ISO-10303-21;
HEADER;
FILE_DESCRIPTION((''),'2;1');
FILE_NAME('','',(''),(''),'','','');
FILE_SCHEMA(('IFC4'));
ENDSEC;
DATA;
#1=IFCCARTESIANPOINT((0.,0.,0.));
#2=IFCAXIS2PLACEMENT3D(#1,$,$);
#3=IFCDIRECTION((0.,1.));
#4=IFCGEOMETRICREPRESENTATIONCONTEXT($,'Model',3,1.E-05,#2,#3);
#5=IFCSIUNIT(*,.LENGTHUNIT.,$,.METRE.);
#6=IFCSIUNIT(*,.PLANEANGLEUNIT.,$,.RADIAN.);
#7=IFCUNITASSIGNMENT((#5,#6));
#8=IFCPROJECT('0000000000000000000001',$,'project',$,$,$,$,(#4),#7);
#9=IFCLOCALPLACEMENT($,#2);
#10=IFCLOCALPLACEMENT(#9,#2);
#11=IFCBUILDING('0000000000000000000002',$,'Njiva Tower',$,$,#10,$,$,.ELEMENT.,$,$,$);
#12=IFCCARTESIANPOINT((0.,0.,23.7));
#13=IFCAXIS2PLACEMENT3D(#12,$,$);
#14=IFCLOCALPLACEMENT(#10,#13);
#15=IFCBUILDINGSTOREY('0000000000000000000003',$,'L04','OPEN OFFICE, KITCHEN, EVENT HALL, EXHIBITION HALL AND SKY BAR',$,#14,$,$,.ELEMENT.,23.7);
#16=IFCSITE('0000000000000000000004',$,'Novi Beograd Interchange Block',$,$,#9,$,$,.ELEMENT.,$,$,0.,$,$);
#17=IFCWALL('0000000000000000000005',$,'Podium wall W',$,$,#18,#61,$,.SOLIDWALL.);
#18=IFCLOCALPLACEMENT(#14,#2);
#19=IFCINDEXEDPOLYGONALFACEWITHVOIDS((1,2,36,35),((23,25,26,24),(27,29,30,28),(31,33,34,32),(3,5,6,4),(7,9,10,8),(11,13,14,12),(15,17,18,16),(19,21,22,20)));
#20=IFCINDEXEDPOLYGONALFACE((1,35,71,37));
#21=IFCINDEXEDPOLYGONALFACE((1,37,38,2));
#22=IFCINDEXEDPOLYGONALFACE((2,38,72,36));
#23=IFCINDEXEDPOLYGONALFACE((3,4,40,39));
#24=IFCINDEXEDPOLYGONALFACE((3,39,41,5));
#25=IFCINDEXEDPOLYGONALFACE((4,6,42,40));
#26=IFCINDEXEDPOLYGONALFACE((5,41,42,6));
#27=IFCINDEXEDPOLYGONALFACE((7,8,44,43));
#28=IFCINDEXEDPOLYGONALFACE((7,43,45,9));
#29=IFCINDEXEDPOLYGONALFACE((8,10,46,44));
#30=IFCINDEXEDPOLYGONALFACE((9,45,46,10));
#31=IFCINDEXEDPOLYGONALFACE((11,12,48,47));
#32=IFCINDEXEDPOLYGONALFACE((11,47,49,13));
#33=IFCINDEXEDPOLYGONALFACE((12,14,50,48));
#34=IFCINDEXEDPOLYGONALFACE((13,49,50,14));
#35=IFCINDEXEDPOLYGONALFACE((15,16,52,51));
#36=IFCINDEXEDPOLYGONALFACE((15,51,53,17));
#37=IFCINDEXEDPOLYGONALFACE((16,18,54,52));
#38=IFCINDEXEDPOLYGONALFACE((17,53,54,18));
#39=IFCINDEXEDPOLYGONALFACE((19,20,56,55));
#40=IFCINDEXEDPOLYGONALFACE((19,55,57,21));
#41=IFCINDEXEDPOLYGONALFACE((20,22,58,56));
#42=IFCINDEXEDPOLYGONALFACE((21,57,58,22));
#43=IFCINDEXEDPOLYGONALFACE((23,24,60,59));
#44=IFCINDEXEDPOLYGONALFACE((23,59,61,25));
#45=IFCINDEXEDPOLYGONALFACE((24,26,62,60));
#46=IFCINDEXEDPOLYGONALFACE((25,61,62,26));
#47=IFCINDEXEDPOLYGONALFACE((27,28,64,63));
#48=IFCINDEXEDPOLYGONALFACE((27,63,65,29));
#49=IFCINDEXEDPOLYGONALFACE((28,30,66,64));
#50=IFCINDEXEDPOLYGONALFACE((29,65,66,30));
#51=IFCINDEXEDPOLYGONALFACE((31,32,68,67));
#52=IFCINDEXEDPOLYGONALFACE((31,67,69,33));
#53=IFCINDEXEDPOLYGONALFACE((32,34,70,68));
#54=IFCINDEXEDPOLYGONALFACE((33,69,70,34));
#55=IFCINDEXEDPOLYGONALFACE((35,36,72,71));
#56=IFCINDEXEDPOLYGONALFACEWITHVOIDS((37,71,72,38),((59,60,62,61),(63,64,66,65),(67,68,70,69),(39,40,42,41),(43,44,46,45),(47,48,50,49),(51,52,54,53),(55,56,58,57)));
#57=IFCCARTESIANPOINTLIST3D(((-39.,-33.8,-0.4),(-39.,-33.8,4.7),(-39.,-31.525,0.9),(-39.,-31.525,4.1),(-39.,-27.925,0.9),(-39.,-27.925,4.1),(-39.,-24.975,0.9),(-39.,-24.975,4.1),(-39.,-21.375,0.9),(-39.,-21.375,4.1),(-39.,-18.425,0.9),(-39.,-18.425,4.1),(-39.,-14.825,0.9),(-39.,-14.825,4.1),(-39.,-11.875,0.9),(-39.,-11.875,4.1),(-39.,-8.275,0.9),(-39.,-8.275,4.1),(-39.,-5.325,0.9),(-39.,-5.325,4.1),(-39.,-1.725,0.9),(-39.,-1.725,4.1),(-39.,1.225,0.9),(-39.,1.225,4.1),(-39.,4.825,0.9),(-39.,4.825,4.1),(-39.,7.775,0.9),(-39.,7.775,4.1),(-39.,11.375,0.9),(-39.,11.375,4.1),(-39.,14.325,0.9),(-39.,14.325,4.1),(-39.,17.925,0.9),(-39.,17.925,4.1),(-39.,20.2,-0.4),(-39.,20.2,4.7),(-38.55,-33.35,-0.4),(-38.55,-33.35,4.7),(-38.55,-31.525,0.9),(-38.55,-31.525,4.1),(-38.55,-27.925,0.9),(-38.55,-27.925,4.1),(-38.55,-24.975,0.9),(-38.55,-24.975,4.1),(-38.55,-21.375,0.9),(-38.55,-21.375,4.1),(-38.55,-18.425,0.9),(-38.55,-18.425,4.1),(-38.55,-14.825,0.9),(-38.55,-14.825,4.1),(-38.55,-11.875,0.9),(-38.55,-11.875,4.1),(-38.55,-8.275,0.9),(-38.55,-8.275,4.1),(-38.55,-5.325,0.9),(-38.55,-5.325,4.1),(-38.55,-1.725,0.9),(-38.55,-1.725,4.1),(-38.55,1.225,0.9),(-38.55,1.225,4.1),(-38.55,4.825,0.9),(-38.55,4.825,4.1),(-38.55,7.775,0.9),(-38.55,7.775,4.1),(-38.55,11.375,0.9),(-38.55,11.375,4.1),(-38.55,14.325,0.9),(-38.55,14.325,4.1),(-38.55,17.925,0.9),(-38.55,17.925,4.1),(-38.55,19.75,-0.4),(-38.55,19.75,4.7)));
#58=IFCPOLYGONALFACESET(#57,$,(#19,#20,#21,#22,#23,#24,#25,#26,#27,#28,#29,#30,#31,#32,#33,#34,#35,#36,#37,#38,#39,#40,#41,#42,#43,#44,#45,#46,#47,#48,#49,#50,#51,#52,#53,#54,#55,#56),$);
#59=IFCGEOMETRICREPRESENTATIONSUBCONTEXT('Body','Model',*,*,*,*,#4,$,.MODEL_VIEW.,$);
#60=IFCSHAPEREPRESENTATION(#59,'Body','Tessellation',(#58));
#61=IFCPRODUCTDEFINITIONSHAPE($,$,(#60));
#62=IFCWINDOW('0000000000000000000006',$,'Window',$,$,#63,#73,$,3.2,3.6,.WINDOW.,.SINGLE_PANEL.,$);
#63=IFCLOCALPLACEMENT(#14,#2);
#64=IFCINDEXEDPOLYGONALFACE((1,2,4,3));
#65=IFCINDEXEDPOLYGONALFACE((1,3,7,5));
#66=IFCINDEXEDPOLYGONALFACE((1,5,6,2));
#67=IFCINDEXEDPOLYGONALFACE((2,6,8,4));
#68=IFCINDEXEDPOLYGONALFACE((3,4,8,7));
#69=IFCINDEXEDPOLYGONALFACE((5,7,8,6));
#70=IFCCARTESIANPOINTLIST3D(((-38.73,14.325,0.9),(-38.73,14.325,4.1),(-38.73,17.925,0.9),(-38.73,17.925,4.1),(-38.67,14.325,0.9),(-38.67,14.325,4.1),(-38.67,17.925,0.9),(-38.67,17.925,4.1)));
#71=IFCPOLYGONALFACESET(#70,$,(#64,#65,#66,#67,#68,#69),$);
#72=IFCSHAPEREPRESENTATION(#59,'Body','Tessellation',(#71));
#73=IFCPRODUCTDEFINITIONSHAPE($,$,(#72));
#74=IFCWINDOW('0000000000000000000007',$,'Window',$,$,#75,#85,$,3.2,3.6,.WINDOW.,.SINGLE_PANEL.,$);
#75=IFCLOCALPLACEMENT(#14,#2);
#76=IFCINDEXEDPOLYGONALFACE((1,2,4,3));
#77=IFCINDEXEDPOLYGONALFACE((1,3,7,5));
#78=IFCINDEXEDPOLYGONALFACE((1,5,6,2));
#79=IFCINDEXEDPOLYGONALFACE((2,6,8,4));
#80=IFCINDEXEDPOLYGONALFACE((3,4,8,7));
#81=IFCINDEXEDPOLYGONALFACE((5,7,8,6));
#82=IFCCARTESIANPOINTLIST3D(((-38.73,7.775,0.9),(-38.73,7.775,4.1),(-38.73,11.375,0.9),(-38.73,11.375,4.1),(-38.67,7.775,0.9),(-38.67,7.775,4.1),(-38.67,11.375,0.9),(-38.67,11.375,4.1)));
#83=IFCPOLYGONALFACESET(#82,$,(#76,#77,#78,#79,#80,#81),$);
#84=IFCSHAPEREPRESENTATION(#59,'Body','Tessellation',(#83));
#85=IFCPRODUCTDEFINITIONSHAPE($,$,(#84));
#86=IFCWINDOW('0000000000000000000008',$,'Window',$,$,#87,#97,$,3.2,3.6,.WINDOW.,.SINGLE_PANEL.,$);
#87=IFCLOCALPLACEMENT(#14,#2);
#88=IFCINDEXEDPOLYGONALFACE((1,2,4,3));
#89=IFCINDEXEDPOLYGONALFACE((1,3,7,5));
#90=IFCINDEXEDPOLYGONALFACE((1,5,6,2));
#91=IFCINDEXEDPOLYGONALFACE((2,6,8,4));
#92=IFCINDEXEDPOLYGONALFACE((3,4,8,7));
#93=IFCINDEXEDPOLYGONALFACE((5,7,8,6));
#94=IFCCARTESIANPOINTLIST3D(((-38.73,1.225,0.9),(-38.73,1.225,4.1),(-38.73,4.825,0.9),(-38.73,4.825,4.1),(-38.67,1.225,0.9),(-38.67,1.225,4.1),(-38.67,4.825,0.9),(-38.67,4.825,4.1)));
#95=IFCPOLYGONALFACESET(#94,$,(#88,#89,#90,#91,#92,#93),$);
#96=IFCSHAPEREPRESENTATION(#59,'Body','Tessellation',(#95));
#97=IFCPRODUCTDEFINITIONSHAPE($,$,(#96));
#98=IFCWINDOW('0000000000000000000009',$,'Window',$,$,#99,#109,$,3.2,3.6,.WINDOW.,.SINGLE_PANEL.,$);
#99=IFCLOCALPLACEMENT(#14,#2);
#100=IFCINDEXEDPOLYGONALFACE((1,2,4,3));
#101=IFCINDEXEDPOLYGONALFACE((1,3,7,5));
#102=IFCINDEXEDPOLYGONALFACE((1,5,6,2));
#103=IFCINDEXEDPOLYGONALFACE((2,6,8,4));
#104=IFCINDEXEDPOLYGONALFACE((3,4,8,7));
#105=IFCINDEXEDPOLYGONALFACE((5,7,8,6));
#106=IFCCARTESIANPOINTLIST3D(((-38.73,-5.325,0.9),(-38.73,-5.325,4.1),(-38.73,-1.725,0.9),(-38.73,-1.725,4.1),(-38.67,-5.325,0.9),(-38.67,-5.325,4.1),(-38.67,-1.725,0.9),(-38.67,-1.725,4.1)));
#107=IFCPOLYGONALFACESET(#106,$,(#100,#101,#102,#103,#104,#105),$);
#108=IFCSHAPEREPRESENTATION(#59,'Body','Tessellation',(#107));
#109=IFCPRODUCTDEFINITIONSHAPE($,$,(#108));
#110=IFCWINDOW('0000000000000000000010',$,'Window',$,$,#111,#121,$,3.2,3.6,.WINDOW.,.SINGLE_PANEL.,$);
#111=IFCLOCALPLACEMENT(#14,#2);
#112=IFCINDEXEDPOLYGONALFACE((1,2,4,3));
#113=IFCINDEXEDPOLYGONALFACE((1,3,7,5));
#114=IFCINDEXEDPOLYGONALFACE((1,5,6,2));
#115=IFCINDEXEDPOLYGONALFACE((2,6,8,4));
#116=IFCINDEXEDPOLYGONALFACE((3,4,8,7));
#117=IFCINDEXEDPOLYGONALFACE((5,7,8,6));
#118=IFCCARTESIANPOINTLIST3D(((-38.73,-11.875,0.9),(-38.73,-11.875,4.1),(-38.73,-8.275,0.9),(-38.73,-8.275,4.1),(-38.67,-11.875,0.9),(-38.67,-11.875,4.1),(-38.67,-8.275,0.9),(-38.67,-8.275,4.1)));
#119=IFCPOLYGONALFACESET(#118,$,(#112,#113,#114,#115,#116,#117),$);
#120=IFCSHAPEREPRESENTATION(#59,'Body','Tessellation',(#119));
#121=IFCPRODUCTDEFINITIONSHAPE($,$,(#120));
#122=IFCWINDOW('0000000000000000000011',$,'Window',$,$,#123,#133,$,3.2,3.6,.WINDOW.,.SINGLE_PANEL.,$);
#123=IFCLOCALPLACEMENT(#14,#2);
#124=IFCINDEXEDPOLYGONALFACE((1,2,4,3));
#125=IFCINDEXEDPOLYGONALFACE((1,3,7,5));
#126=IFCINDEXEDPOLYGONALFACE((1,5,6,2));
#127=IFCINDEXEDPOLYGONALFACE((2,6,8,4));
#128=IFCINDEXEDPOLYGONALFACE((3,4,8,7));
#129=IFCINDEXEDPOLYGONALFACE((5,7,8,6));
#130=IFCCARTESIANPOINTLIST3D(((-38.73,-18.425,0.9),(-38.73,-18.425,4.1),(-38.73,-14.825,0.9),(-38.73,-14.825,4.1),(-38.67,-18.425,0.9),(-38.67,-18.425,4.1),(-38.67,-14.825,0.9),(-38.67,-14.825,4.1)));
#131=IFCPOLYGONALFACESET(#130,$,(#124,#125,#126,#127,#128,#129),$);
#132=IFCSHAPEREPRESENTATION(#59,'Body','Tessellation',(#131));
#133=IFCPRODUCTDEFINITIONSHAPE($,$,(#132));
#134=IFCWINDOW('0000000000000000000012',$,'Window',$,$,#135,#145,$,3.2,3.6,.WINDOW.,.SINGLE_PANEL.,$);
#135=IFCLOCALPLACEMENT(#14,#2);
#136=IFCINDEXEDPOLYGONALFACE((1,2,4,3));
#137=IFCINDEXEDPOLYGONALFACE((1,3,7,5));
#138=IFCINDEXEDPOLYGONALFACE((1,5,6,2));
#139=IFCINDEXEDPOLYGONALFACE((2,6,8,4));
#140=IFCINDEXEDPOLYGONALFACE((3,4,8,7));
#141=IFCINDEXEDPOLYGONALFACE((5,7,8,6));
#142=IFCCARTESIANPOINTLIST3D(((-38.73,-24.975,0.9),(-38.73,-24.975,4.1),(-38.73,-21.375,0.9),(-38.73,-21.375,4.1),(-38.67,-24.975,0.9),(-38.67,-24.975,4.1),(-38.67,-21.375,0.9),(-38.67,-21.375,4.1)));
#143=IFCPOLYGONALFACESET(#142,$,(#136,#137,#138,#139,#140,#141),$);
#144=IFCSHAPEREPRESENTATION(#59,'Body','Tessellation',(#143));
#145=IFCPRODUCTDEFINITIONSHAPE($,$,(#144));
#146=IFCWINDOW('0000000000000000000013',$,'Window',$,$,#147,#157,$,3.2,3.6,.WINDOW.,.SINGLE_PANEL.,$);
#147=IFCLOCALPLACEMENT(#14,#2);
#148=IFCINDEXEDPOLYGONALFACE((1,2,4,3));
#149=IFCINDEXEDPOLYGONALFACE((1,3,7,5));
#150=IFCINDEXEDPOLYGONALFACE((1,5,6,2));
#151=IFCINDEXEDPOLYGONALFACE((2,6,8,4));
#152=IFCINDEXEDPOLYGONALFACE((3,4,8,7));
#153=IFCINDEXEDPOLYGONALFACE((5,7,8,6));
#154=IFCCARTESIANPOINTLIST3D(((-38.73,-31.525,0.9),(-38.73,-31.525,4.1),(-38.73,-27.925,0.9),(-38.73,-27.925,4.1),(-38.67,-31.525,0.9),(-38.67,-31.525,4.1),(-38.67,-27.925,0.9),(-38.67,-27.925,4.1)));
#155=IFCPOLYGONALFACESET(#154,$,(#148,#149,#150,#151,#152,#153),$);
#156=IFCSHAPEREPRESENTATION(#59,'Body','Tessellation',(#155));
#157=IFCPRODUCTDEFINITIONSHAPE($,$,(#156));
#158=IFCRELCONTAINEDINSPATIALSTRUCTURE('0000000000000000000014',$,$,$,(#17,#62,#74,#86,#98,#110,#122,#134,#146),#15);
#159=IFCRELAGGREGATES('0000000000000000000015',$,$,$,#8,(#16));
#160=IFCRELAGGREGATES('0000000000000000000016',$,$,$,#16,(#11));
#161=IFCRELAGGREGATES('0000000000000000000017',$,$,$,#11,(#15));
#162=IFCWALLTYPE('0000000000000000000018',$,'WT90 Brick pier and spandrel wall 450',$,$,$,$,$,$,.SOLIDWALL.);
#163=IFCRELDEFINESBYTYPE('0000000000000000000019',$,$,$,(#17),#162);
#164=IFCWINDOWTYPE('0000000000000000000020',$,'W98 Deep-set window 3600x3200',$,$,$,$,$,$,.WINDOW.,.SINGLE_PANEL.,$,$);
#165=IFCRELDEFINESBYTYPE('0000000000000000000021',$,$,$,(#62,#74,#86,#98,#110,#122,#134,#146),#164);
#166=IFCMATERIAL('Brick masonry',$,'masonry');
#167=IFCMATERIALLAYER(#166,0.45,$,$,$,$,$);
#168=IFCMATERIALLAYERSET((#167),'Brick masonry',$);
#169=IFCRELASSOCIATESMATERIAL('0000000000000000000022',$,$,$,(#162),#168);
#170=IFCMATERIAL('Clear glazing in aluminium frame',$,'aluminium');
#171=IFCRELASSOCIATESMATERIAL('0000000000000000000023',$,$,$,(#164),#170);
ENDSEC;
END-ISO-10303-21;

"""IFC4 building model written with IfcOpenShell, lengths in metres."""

from ifc_helpers import new_model, si_unit, direction, frame, frame_2d, origin, place, context, subcontext, project, spatial, polyline, rectangle, outline, extrude, material, layer, layer_set, type_object, element, fill, save


model = new_model("IFC4")

# Units and contexts
model_context = context("Model", 3, precision=1e-05, world=origin(), true_north=direction((0.0, 1.0)))
body_context = subcontext(model_context, "Body", "Model", "MODEL_VIEW")
ifc_project = project(units=[si_unit("LENGTHUNIT", "METRE"), si_unit("PLANEANGLEUNIT", "RADIAN")], contexts=[model_context])

# Site, building, storey
site_placement = place(None, origin())
site = spatial("IfcSite", under=ifc_project, at=site_placement, Name="Novi Beograd Interchange Block", CompositionType="ELEMENT", RefElevation=0.0)
building_placement = place(site_placement, origin())
building = spatial("IfcBuilding", under=site, at=building_placement, Name="Njiva Tower", CompositionType="ELEMENT")
storey_placement = place(building_placement, frame((0.0, 0.0, 23.7)))
storey = spatial("IfcBuildingStorey", under=building, at=storey_placement, Name="L04", Description="OPEN OFFICE, KITCHEN, EVENT HALL, EXHIBITION HALL AND SKY BAR", CompositionType="ELEMENT", Elevation=23.7)

# Wall, openings, windows
ifc_material_1 = material(Name="Brick masonry", Category="masonry")
ifc_layer = layer(ifc_material_1, 0.45)
ifc_layer_set = layer_set([ifc_layer], Name="Brick masonry")
wall_type = type_object("IfcWallType", Name="WT90 Brick pier and spandrel wall 450", PredefinedType="SOLIDWALL", material=ifc_layer_set)
wall_placement = place(storey_placement, frame((-38.775, 19.975, -0.4), z_axis=(0.0, 0.0, 1.0), x_axis=(0.0, -1.0, 0.0)))
wall = element("IfcWall", 1, at=wall_placement, inside=storey, type_object=wall_type, Name="Podium wall W", PredefinedType="SOLIDWALL", context=body_context, shape_type="SweptSolid", body=[
    extrude(outline(polyline([(-0.225, -0.225), (53.775, -0.225), (53.325, 0.225), (0.225, 0.225), (-0.225, -0.225)])), origin(), (0.0, 0.0, 1.0), 5.1),
])
opening_1_placement = place(wall_placement, frame((2.05, 0.0, 1.3)))
opening_1 = element("IfcOpeningElement", 2, at=opening_1_placement, cuts=wall, PredefinedType="OPENING", context=body_context, shape_type="SweptSolid", body=[
    extrude(rectangle(XDim=3.6, YDim=3.2, at=frame_2d((1.8, 1.6))), frame((0.0, 0.235, 0.0), z_axis=(0.0, -1.0, 0.0), x_axis=(1.0, 0.0, 0.0)), (0.0, 0.0, 1.0), 0.47),
])
opening_2_placement = place(wall_placement, frame((8.6, 0.0, 1.3)))
opening_2 = element("IfcOpeningElement", 3, at=opening_2_placement, cuts=wall, PredefinedType="OPENING", context=body_context, shape_type="SweptSolid", body=[
    extrude(rectangle(XDim=3.6, YDim=3.2, at=frame_2d((1.8, 1.6))), frame((0.0, 0.235, 0.0), z_axis=(0.0, -1.0, 0.0), x_axis=(1.0, 0.0, 0.0)), (0.0, 0.0, 1.0), 0.47),
])
opening_3_placement = place(wall_placement, frame((15.15, 0.0, 1.3)))
opening_3 = element("IfcOpeningElement", 4, at=opening_3_placement, cuts=wall, PredefinedType="OPENING", context=body_context, shape_type="SweptSolid", body=[
    extrude(rectangle(XDim=3.6, YDim=3.2, at=frame_2d((1.8, 1.6))), frame((0.0, 0.235, 0.0), z_axis=(0.0, -1.0, 0.0), x_axis=(1.0, 0.0, 0.0)), (0.0, 0.0, 1.0), 0.47),
])
opening_4_placement = place(wall_placement, frame((21.7, 0.0, 1.3)))
opening_4 = element("IfcOpeningElement", 5, at=opening_4_placement, cuts=wall, PredefinedType="OPENING", context=body_context, shape_type="SweptSolid", body=[
    extrude(rectangle(XDim=3.6, YDim=3.2, at=frame_2d((1.8, 1.6))), frame((0.0, 0.235, 0.0), z_axis=(0.0, -1.0, 0.0), x_axis=(1.0, 0.0, 0.0)), (0.0, 0.0, 1.0), 0.47),
])
opening_5_placement = place(wall_placement, frame((28.25, 0.0, 1.3)))
opening_5 = element("IfcOpeningElement", 6, at=opening_5_placement, cuts=wall, PredefinedType="OPENING", context=body_context, shape_type="SweptSolid", body=[
    extrude(rectangle(XDim=3.6, YDim=3.2, at=frame_2d((1.8, 1.6))), frame((0.0, 0.235, 0.0), z_axis=(0.0, -1.0, 0.0), x_axis=(1.0, 0.0, 0.0)), (0.0, 0.0, 1.0), 0.47),
])
opening_6_placement = place(wall_placement, frame((34.8, 0.0, 1.3)))
opening_6 = element("IfcOpeningElement", 7, at=opening_6_placement, cuts=wall, PredefinedType="OPENING", context=body_context, shape_type="SweptSolid", body=[
    extrude(rectangle(XDim=3.6, YDim=3.2, at=frame_2d((1.8, 1.6))), frame((0.0, 0.235, 0.0), z_axis=(0.0, -1.0, 0.0), x_axis=(1.0, 0.0, 0.0)), (0.0, 0.0, 1.0), 0.47),
])
opening_7_placement = place(wall_placement, frame((41.35, 0.0, 1.3)))
opening_7 = element("IfcOpeningElement", 8, at=opening_7_placement, cuts=wall, PredefinedType="OPENING", context=body_context, shape_type="SweptSolid", body=[
    extrude(rectangle(XDim=3.6, YDim=3.2, at=frame_2d((1.8, 1.6))), frame((0.0, 0.235, 0.0), z_axis=(0.0, -1.0, 0.0), x_axis=(1.0, 0.0, 0.0)), (0.0, 0.0, 1.0), 0.47),
])
opening_8_placement = place(wall_placement, frame((47.9, 0.0, 1.3)))
opening_8 = element("IfcOpeningElement", 9, at=opening_8_placement, cuts=wall, PredefinedType="OPENING", context=body_context, shape_type="SweptSolid", body=[
    extrude(rectangle(XDim=3.6, YDim=3.2, at=frame_2d((1.8, 1.6))), frame((0.0, 0.235, 0.0), z_axis=(0.0, -1.0, 0.0), x_axis=(1.0, 0.0, 0.0)), (0.0, 0.0, 1.0), 0.47),
])
ifc_material_2 = material(Name="Clear glazing in aluminium frame", Category="aluminium")
window_type = type_object("IfcWindowType", Name="W98 Deep-set window 3600x3200", PartitioningType="SINGLE_PANEL", PredefinedType="WINDOW", material=ifc_material_2)
window_1_placement = place(opening_1_placement, origin())
window_1 = element("IfcWindow", 10, at=window_1_placement, inside=storey, type_object=window_type, Name="Window", OverallHeight=3.2, OverallWidth=3.6, PartitioningType="SINGLE_PANEL", PredefinedType="WINDOW", context=body_context, shape_type="SweptSolid", body=[
    extrude(rectangle(XDim=3.6, YDim=3.2, at=frame_2d((1.8, 1.6))), frame((0.0, 0.105, 0.0), z_axis=(0.0, -1.0, 0.0), x_axis=(1.0, 0.0, 0.0)), (0.0, 0.0, 1.0), 0.06),
])
fill(opening_1, window_1)
window_2_placement = place(opening_2_placement, origin())
window_2 = element("IfcWindow", 11, at=window_2_placement, inside=storey, type_object=window_type, Name="Window", OverallHeight=3.2, OverallWidth=3.6, PartitioningType="SINGLE_PANEL", PredefinedType="WINDOW", context=body_context, shape_type="SweptSolid", body=[
    extrude(rectangle(XDim=3.6, YDim=3.2, at=frame_2d((1.8, 1.6))), frame((0.0, 0.105, 0.0), z_axis=(0.0, -1.0, 0.0), x_axis=(1.0, 0.0, 0.0)), (0.0, 0.0, 1.0), 0.06),
])
fill(opening_2, window_2)
window_3_placement = place(opening_3_placement, origin())
window_3 = element("IfcWindow", 12, at=window_3_placement, inside=storey, type_object=window_type, Name="Window", OverallHeight=3.2, OverallWidth=3.6, PartitioningType="SINGLE_PANEL", PredefinedType="WINDOW", context=body_context, shape_type="SweptSolid", body=[
    extrude(rectangle(XDim=3.6, YDim=3.2, at=frame_2d((1.8, 1.6))), frame((0.0, 0.105, 0.0), z_axis=(0.0, -1.0, 0.0), x_axis=(1.0, 0.0, 0.0)), (0.0, 0.0, 1.0), 0.06),
])
fill(opening_3, window_3)
window_4_placement = place(opening_4_placement, origin())
window_4 = element("IfcWindow", 13, at=window_4_placement, inside=storey, type_object=window_type, Name="Window", OverallHeight=3.2, OverallWidth=3.6, PartitioningType="SINGLE_PANEL", PredefinedType="WINDOW", context=body_context, shape_type="SweptSolid", body=[
    extrude(rectangle(XDim=3.6, YDim=3.2, at=frame_2d((1.8, 1.6))), frame((0.0, 0.105, 0.0), z_axis=(0.0, -1.0, 0.0), x_axis=(1.0, 0.0, 0.0)), (0.0, 0.0, 1.0), 0.06),
])
fill(opening_4, window_4)
window_5_placement = place(opening_5_placement, origin())
window_5 = element("IfcWindow", 14, at=window_5_placement, inside=storey, type_object=window_type, Name="Window", OverallHeight=3.2, OverallWidth=3.6, PartitioningType="SINGLE_PANEL", PredefinedType="WINDOW", context=body_context, shape_type="SweptSolid", body=[
    extrude(rectangle(XDim=3.6, YDim=3.2, at=frame_2d((1.8, 1.6))), frame((0.0, 0.105, 0.0), z_axis=(0.0, -1.0, 0.0), x_axis=(1.0, 0.0, 0.0)), (0.0, 0.0, 1.0), 0.06),
])
fill(opening_5, window_5)
window_6_placement = place(opening_6_placement, origin())
window_6 = element("IfcWindow", 15, at=window_6_placement, inside=storey, type_object=window_type, Name="Window", OverallHeight=3.2, OverallWidth=3.6, PartitioningType="SINGLE_PANEL", PredefinedType="WINDOW", context=body_context, shape_type="SweptSolid", body=[
    extrude(rectangle(XDim=3.6, YDim=3.2, at=frame_2d((1.8, 1.6))), frame((0.0, 0.105, 0.0), z_axis=(0.0, -1.0, 0.0), x_axis=(1.0, 0.0, 0.0)), (0.0, 0.0, 1.0), 0.06),
])
fill(opening_6, window_6)
window_7_placement = place(opening_7_placement, origin())
window_7 = element("IfcWindow", 16, at=window_7_placement, inside=storey, type_object=window_type, Name="Window", OverallHeight=3.2, OverallWidth=3.6, PartitioningType="SINGLE_PANEL", PredefinedType="WINDOW", context=body_context, shape_type="SweptSolid", body=[
    extrude(rectangle(XDim=3.6, YDim=3.2, at=frame_2d((1.8, 1.6))), frame((0.0, 0.105, 0.0), z_axis=(0.0, -1.0, 0.0), x_axis=(1.0, 0.0, 0.0)), (0.0, 0.0, 1.0), 0.06),
])
fill(opening_7, window_7)
window_8_placement = place(opening_8_placement, origin())
window_8 = element("IfcWindow", 17, at=window_8_placement, inside=storey, type_object=window_type, Name="Window", OverallHeight=3.2, OverallWidth=3.6, PartitioningType="SINGLE_PANEL", PredefinedType="WINDOW", context=body_context, shape_type="SweptSolid", body=[
    extrude(rectangle(XDim=3.6, YDim=3.2, at=frame_2d((1.8, 1.6))), frame((0.0, 0.105, 0.0), z_axis=(0.0, -1.0, 0.0), x_axis=(1.0, 0.0, 0.0)), (0.0, 0.0, 1.0), 0.06),
])
fill(opening_8, window_8)

save(model, "model.ifc")
